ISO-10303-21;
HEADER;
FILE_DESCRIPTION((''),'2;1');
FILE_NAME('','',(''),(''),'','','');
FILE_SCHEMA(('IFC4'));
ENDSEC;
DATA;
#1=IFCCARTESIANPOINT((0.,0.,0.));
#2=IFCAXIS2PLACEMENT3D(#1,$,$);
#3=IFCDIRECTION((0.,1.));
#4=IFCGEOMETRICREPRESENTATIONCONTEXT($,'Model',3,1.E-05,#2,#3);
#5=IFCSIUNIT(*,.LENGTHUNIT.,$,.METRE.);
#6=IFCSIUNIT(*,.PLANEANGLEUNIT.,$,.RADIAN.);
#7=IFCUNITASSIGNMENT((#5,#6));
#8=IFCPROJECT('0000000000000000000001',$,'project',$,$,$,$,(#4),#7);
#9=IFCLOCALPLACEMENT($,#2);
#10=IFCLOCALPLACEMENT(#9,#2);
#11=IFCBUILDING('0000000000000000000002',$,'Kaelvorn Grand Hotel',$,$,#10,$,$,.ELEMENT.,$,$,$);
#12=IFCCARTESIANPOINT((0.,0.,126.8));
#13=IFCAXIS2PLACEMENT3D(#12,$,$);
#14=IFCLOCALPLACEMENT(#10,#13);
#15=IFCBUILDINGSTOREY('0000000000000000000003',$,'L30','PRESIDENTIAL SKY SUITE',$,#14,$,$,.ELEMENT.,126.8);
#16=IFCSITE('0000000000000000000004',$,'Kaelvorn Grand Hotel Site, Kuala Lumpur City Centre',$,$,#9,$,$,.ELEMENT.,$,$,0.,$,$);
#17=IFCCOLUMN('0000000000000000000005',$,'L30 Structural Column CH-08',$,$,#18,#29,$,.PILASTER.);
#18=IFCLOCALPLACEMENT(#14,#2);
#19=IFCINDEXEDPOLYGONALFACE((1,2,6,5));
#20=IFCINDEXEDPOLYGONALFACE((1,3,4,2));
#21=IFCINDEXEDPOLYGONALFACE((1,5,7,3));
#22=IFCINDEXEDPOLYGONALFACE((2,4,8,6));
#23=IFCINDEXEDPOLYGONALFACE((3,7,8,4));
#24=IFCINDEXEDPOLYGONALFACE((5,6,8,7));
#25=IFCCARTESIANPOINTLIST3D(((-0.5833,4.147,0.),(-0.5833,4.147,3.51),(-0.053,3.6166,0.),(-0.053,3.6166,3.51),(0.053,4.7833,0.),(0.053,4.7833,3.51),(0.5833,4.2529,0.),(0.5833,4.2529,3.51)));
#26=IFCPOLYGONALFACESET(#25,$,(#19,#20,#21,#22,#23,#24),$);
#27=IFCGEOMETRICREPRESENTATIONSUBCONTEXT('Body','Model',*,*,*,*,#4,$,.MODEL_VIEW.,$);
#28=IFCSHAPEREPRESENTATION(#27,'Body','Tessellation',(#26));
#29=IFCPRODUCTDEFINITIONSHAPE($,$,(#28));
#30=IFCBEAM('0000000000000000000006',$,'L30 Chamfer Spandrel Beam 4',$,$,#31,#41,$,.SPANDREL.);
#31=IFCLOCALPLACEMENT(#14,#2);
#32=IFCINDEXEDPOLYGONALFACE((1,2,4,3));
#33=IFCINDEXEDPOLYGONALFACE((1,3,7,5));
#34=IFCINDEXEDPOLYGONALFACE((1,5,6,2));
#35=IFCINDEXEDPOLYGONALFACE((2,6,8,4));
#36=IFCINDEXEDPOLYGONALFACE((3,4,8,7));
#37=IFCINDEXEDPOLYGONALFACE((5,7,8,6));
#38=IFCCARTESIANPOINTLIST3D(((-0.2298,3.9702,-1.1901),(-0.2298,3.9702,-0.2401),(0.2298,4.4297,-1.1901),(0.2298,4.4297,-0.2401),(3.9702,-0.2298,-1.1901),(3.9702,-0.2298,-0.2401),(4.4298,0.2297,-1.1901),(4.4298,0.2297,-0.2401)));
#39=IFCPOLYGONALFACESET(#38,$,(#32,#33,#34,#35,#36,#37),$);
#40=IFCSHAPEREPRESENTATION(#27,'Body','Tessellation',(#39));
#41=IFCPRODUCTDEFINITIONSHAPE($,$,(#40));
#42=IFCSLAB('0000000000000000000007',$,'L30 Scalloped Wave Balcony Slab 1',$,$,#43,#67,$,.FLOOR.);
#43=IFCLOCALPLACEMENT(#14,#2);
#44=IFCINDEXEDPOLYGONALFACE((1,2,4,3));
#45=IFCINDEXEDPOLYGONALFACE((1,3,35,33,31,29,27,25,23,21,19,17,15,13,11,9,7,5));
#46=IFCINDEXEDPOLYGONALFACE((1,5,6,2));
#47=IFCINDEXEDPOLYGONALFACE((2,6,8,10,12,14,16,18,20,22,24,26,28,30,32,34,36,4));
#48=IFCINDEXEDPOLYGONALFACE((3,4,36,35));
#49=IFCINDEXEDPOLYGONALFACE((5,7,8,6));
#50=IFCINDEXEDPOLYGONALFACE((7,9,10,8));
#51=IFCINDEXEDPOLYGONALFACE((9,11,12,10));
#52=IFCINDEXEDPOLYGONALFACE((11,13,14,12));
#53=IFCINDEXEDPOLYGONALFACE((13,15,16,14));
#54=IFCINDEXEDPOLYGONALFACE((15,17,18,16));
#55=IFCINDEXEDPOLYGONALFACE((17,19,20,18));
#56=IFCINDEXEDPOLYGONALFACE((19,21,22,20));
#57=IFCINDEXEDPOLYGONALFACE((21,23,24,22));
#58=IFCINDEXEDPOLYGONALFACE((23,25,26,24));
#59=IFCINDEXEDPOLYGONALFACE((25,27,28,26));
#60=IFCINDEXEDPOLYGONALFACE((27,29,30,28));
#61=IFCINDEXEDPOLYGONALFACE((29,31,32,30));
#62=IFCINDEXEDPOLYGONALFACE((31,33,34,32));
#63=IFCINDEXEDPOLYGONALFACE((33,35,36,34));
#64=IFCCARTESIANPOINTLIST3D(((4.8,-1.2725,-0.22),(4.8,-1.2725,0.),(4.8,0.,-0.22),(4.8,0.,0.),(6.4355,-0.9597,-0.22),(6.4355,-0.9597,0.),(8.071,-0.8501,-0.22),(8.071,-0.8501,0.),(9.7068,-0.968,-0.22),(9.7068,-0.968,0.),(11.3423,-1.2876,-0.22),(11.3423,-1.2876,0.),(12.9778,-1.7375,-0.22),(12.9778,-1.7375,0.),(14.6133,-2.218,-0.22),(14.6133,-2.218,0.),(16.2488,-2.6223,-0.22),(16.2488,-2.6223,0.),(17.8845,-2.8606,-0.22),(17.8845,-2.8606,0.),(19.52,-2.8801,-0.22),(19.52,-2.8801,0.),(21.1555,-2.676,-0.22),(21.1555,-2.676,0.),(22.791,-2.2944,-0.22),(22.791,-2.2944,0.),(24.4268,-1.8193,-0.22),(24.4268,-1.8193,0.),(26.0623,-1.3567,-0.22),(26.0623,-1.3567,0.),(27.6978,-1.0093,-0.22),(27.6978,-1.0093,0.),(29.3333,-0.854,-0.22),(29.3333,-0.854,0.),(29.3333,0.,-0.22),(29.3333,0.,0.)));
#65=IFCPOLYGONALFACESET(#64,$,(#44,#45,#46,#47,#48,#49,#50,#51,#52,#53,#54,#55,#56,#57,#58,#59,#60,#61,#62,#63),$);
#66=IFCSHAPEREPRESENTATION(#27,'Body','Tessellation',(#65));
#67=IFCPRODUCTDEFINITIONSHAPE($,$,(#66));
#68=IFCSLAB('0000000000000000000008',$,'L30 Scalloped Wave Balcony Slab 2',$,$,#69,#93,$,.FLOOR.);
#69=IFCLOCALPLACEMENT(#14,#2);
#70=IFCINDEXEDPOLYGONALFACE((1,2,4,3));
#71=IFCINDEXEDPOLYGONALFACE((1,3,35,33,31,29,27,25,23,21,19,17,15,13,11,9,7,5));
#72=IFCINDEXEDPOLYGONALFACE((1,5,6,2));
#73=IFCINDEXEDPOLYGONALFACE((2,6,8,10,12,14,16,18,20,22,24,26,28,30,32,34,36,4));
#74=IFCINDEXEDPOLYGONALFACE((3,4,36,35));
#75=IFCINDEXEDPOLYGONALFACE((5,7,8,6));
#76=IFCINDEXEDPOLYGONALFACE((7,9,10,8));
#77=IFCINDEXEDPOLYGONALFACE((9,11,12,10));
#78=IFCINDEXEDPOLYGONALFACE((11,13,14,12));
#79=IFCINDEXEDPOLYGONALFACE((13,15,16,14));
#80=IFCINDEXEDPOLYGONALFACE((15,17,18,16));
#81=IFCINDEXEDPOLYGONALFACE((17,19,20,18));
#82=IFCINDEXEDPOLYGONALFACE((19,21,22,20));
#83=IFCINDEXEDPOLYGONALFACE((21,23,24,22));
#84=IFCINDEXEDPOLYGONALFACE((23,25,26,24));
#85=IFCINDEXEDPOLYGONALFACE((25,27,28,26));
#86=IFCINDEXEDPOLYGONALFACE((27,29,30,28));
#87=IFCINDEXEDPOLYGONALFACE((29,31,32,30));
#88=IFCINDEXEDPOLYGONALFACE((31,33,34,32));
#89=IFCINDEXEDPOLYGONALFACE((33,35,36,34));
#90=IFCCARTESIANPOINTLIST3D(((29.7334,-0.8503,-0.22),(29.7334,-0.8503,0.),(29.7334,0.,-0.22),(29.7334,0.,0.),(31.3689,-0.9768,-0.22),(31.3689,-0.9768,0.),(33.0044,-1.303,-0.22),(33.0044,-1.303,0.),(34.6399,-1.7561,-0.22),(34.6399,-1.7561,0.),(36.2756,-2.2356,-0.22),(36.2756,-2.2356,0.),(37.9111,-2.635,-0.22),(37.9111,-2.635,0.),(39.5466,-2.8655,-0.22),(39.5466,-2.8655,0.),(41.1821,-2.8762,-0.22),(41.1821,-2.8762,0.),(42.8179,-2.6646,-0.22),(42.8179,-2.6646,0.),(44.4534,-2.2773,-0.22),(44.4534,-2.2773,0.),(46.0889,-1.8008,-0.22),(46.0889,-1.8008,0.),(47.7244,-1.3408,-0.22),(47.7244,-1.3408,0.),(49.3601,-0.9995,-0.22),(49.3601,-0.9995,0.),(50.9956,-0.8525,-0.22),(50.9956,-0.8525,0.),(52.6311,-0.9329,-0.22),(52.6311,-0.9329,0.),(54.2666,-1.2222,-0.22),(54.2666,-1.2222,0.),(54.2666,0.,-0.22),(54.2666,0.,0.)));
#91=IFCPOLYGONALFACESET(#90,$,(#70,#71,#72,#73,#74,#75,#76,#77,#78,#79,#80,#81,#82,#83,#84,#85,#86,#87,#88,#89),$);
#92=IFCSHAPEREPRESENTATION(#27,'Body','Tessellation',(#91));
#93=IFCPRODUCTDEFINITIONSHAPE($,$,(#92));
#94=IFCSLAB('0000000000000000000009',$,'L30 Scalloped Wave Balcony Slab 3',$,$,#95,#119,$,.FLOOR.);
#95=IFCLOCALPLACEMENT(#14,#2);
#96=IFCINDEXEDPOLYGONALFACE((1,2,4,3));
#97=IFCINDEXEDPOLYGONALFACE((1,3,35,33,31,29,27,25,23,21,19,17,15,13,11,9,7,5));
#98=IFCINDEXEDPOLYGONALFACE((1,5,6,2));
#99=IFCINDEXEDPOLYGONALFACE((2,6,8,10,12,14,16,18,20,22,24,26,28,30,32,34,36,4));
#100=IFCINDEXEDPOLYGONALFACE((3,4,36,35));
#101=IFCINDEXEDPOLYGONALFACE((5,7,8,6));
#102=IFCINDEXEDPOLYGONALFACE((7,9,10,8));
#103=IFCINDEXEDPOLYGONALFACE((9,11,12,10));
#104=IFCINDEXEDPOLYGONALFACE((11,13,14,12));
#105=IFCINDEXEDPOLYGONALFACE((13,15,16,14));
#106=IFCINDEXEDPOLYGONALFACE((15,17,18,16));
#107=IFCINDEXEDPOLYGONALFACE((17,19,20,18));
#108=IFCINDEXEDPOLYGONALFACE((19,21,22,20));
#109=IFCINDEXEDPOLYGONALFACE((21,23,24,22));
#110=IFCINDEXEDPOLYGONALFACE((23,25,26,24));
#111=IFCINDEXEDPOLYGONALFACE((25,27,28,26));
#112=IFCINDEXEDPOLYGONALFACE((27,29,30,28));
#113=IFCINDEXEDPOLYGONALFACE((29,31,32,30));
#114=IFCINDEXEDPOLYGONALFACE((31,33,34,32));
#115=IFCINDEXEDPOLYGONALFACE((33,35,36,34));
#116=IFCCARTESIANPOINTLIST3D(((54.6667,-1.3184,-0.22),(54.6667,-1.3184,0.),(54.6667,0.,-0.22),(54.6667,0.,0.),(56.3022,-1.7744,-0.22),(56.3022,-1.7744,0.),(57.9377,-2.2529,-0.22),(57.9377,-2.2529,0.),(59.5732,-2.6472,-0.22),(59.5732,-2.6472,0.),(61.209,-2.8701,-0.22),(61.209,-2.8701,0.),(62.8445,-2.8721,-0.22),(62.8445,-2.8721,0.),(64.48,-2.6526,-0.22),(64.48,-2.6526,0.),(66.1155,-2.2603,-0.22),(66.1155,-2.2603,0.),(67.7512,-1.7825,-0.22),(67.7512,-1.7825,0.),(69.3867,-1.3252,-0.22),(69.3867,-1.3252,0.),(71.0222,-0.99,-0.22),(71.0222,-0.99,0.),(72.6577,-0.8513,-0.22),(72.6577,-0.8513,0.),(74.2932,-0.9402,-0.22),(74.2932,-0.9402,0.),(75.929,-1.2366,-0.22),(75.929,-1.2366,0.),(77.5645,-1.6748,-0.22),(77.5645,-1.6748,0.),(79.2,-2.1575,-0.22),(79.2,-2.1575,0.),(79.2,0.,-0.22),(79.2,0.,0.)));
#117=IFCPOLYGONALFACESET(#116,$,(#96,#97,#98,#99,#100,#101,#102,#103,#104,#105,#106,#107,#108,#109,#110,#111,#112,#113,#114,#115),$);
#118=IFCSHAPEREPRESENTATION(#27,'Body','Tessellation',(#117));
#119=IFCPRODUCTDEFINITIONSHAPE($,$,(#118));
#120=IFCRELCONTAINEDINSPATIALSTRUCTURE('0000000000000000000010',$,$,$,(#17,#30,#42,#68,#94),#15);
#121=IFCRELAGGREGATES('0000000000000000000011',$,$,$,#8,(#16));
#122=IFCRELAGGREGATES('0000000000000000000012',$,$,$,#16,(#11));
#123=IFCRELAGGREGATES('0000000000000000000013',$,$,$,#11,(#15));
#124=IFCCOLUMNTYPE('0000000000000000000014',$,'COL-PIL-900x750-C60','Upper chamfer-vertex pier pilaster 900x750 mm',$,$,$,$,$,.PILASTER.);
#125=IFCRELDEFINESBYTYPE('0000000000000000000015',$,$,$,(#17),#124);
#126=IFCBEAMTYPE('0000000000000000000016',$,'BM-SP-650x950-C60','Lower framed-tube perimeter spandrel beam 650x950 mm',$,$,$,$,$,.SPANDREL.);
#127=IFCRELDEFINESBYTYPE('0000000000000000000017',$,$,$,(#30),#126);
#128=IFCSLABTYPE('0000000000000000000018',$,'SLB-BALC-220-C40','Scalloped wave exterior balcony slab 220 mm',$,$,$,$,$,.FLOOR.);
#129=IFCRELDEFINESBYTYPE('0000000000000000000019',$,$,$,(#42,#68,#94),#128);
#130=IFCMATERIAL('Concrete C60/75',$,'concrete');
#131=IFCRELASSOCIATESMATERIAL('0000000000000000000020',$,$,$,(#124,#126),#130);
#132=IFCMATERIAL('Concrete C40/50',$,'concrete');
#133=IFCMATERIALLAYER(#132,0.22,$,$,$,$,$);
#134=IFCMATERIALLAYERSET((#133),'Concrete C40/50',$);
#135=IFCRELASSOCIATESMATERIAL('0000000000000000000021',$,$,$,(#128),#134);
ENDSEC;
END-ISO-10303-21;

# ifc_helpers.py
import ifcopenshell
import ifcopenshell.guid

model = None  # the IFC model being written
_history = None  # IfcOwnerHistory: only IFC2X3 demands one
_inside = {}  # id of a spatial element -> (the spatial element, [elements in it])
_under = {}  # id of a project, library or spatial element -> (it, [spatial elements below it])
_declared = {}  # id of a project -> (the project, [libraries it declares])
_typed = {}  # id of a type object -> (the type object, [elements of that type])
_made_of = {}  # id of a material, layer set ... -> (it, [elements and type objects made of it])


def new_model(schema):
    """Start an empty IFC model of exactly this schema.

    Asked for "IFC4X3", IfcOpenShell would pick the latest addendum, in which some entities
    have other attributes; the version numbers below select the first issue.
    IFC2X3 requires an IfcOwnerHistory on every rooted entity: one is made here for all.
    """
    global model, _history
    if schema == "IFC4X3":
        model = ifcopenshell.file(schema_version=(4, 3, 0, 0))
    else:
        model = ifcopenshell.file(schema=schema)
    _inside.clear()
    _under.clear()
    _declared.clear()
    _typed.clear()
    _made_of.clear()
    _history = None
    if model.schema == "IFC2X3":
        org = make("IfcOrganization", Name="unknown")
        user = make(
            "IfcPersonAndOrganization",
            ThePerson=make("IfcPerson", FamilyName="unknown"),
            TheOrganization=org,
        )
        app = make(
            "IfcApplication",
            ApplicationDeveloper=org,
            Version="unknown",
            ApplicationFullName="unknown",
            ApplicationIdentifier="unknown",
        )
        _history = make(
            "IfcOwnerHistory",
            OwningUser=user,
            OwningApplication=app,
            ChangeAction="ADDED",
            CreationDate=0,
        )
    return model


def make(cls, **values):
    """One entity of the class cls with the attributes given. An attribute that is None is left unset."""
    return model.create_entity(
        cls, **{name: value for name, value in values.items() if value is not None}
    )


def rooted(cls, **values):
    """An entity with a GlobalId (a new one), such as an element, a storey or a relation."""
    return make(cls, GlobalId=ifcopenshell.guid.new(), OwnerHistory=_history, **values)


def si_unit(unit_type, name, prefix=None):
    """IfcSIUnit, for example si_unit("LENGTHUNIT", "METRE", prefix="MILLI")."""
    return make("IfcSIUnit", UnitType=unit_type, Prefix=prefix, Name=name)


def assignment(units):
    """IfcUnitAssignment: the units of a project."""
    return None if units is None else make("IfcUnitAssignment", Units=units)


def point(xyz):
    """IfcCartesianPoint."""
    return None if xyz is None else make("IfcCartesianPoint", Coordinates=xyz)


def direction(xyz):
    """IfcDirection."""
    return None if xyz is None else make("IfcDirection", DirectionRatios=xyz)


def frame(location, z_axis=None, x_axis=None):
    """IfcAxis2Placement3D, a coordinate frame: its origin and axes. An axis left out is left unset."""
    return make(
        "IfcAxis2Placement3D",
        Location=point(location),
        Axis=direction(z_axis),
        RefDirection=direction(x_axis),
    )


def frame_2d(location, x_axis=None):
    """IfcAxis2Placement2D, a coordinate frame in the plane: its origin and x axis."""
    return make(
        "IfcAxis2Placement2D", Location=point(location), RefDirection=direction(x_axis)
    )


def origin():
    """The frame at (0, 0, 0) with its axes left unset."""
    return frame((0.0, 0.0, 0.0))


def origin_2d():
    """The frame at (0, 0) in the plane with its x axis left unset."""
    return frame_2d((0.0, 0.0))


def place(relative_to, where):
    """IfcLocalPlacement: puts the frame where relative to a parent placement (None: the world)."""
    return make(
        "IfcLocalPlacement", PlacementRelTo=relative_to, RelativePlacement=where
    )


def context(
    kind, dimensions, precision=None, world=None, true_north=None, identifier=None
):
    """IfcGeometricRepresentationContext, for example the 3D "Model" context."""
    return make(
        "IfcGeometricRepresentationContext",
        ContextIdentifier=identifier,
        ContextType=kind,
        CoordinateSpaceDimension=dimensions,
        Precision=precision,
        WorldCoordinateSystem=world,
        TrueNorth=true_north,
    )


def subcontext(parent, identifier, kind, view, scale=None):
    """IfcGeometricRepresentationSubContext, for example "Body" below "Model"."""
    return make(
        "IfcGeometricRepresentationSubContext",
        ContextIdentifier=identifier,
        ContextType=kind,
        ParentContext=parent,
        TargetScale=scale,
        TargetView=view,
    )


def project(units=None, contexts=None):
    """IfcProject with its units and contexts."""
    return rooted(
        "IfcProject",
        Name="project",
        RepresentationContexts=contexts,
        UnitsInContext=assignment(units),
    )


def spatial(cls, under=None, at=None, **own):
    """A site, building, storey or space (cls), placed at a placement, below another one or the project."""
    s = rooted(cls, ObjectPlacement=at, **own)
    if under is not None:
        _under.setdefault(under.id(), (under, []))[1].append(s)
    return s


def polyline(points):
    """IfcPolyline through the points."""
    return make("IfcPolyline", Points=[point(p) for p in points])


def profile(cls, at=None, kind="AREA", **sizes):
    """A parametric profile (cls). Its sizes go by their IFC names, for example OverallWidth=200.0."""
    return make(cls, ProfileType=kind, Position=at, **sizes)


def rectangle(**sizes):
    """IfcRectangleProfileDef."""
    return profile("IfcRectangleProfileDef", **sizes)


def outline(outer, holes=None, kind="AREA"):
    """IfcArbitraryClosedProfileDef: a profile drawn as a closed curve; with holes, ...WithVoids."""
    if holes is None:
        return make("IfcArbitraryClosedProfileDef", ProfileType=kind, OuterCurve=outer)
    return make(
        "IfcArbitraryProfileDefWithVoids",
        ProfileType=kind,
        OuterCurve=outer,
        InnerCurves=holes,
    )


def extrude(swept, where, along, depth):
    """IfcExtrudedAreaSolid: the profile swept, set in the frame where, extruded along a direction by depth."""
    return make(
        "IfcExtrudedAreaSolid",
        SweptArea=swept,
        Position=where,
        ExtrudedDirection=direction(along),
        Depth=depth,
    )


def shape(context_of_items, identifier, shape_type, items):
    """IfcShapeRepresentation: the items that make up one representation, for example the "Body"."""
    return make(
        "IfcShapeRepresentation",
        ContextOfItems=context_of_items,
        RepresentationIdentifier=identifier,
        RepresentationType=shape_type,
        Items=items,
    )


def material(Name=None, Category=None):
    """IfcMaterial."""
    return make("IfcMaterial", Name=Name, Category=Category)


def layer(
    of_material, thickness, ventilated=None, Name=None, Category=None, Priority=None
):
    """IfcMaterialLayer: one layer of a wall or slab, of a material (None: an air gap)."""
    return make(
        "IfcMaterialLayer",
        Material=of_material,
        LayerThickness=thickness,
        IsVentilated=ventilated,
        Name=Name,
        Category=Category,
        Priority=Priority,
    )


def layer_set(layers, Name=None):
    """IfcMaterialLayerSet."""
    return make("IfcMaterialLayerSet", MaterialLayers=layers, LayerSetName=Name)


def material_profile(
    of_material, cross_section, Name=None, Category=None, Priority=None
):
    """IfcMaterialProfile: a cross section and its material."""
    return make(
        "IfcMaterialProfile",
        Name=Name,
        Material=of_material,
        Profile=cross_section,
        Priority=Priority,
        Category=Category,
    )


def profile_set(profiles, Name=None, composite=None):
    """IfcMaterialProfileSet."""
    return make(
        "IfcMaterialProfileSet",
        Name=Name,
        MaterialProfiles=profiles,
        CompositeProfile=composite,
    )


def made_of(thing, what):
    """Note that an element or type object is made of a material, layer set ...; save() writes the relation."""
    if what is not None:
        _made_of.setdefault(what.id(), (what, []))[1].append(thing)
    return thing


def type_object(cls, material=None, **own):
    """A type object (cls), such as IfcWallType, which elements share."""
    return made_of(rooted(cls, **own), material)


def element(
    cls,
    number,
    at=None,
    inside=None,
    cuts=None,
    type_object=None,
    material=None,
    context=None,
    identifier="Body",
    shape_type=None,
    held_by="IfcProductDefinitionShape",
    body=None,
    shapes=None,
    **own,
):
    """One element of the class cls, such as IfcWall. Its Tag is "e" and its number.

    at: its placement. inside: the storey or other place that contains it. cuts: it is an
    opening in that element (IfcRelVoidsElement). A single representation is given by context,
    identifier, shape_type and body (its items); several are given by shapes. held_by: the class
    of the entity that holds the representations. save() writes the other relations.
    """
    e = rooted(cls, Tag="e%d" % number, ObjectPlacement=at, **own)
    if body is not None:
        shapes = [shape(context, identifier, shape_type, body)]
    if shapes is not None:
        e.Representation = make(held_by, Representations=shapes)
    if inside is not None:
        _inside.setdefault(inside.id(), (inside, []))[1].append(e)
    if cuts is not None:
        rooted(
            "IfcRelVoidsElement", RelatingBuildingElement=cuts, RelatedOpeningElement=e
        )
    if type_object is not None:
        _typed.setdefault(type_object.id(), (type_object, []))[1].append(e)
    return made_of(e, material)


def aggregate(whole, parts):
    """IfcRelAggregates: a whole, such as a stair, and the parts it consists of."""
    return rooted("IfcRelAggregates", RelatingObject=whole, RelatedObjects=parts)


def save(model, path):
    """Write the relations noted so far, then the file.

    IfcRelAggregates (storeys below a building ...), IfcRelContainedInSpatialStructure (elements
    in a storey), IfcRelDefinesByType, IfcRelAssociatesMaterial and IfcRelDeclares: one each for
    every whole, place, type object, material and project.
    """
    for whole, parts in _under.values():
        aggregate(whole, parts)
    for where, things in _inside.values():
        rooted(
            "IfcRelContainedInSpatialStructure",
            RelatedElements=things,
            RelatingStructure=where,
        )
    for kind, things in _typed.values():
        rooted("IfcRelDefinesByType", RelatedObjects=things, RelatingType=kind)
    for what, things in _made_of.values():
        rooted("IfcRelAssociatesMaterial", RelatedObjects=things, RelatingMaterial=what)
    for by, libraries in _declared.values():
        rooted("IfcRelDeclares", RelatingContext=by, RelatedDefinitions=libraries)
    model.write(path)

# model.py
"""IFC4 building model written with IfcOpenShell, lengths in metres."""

from ifc_helpers import new_model, si_unit, direction, frame, origin, origin_2d, place, context, subcontext, project, spatial, polyline, rectangle, outline, extrude, material, layer, layer_set, material_profile, profile_set, type_object, element, save


model = new_model("IFC4")

# Units and contexts
model_context = context("Model", 3, precision=1e-05, world=origin(), true_north=direction((0.0, 1.0)))
body_context = subcontext(model_context, "Body", "Model", "MODEL_VIEW")
ifc_project = project(units=[si_unit("LENGTHUNIT", "METRE"), si_unit("PLANEANGLEUNIT", "RADIAN")], contexts=[model_context])

# Site, building, storey
site_placement = place(None, origin())
site = spatial("IfcSite", under=ifc_project, at=site_placement, Name="Kaelvorn Grand Hotel Site, Kuala Lumpur City Centre", CompositionType="ELEMENT", RefElevation=0.0)
building_placement = place(site_placement, origin())
building = spatial("IfcBuilding", under=site, at=building_placement, Name="Kaelvorn Grand Hotel", CompositionType="ELEMENT")
storey_placement = place(building_placement, frame((0.0, 0.0, 126.8)))
storey = spatial("IfcBuildingStorey", under=building, at=storey_placement, Name="L30", Description="PRESIDENTIAL SKY SUITE", CompositionType="ELEMENT", Elevation=126.8)

# Column
ifc_material_1 = material(Name="Concrete C60/75", Category="concrete")
ifc_material_profile_1 = material_profile(ifc_material_1, rectangle(XDim=0.8999, YDim=0.75, at=origin_2d()), Name="RC PILASTER 900x750")
ifc_profile_set_1 = profile_set([ifc_material_profile_1], Name="Concrete C60/75")
column_type = type_object("IfcColumnType", Name="COL-PIL-900x750-C60", Description="Upper chamfer-vertex pier pilaster 900x750 mm", PredefinedType="PILASTER", material=ifc_profile_set_1)
column_placement = place(storey_placement, frame((0.0, 4.2, 0.0), z_axis=(0.0, 0.0, 1.0), x_axis=(0.707107, 0.707107, 0.0)))
element("IfcColumn", 1, at=column_placement, inside=storey, type_object=column_type, Name="L30 Structural Column CH-08", PredefinedType="PILASTER", context=body_context, shape_type="SweptSolid", body=[
    extrude(rectangle(XDim=0.8999, YDim=0.75, at=origin_2d()), origin(), (0.0, 0.0, 1.0), 3.51),
])

# Beam
ifc_material_profile_2 = material_profile(ifc_material_1, rectangle(XDim=0.6499, YDim=0.95, at=origin_2d()), Name="RC SPANDREL 650x950")
ifc_profile_set_2 = profile_set([ifc_material_profile_2], Name="Concrete C60/75")
beam_type = type_object("IfcBeamType", Name="BM-SP-650x950-C60", Description="Lower framed-tube perimeter spandrel beam 650x950 mm", PredefinedType="SPANDREL", material=ifc_profile_set_2)
beam_placement = place(storey_placement, frame((0.0, 4.2, -0.7151), z_axis=(0.707107, -0.707107, 0.0), x_axis=(0.707107, 0.707107, 0.0)))
element("IfcBeam", 2, at=beam_placement, inside=storey, type_object=beam_type, Name="L30 Chamfer Spandrel Beam 4", PredefinedType="SPANDREL", context=body_context, shape_type="SweptSolid", body=[
    extrude(rectangle(XDim=0.6499, YDim=0.95, at=origin_2d()), origin(), (0.0, 0.0, 1.0), 5.9397),
])

# Slabs
ifc_material_2 = material(Name="Concrete C40/50", Category="concrete")
ifc_layer_1 = layer(ifc_material_2, 0.22)
ifc_layer_set_1 = layer_set([ifc_layer_1], Name="Concrete C40/50")
slab_type_1 = type_object("IfcSlabType", Name="SLB-BALC-220-C40", Description="Scalloped wave exterior balcony slab 220 mm", PredefinedType="FLOOR", material=ifc_layer_set_1)
slab_1_placement = place(storey_placement, frame((0.0, 0.0, -0.22)))
element("IfcSlab", 3, at=slab_1_placement, inside=storey, type_object=slab_type_1, Name="L30 Scalloped Wave Balcony Slab 1", PredefinedType="FLOOR", context=body_context, shape_type="SweptSolid", body=[
    extrude(outline(polyline([(4.8, -1.2725), (6.4355, -0.9597), (8.071, -0.8501), (9.7068, -0.968), (11.3423, -1.2876), (12.9778, -1.7375), (14.6133, -2.218), (16.2488, -2.6223), (17.8845, -2.8606), (19.52, -2.8801), (21.1555, -2.676), (22.791, -2.2944), (24.4268, -1.8193), (26.0623, -1.3567), (27.6978, -1.0093), (29.3333, -0.854), (29.3333, 0.0), (4.8, 0.0), (4.8, -1.2725)])), origin(), (0.0, 0.0, 1.0), 0.22),
])
slab_2_placement = place(storey_placement, frame((0.0, 0.0, -0.22)))
element("IfcSlab", 4, at=slab_2_placement, inside=storey, type_object=slab_type_1, Name="L30 Scalloped Wave Balcony Slab 2", PredefinedType="FLOOR", context=body_context, shape_type="SweptSolid", body=[
    extrude(outline(polyline([(29.7334, -0.8503), (31.3689, -0.9768), (33.0044, -1.303), (34.6399, -1.7561), (36.2756, -2.2356), (37.9111, -2.635), (39.5466, -2.8655), (41.1821, -2.8762), (42.8179, -2.6646), (44.4534, -2.2773), (46.0889, -1.8008), (47.7244, -1.3408), (49.3601, -0.9995), (50.9956, -0.8525), (52.6311, -0.9329), (54.2666, -1.2222), (54.2666, 0.0), (29.7334, 0.0), (29.7334, -0.8503)])), origin(), (0.0, 0.0, 1.0), 0.22),
])
slab_3_placement = place(storey_placement, frame((0.0, 0.0, -0.22)))
element("IfcSlab", 5, at=slab_3_placement, inside=storey, type_object=slab_type_1, Name="L30 Scalloped Wave Balcony Slab 3", PredefinedType="FLOOR", context=body_context, shape_type="SweptSolid", body=[
    extrude(outline(polyline([(54.6667, -1.3184), (56.3022, -1.7744), (57.9377, -2.2529), (59.5732, -2.6472), (61.209, -2.8701), (62.8445, -2.8721), (64.48, -2.6526), (66.1155, -2.2603), (67.7512, -1.7825), (69.3867, -1.3252), (71.0222, -0.99), (72.6577, -0.8513), (74.2932, -0.9402), (75.929, -1.2366), (77.5645, -1.6748), (79.2, -2.1575), (79.2, 0.0), (54.6667, 0.0), (54.6667, -1.3184)])), origin(), (0.0, 0.0, 1.0), 0.22),
])

save(model, "model.ifc")
